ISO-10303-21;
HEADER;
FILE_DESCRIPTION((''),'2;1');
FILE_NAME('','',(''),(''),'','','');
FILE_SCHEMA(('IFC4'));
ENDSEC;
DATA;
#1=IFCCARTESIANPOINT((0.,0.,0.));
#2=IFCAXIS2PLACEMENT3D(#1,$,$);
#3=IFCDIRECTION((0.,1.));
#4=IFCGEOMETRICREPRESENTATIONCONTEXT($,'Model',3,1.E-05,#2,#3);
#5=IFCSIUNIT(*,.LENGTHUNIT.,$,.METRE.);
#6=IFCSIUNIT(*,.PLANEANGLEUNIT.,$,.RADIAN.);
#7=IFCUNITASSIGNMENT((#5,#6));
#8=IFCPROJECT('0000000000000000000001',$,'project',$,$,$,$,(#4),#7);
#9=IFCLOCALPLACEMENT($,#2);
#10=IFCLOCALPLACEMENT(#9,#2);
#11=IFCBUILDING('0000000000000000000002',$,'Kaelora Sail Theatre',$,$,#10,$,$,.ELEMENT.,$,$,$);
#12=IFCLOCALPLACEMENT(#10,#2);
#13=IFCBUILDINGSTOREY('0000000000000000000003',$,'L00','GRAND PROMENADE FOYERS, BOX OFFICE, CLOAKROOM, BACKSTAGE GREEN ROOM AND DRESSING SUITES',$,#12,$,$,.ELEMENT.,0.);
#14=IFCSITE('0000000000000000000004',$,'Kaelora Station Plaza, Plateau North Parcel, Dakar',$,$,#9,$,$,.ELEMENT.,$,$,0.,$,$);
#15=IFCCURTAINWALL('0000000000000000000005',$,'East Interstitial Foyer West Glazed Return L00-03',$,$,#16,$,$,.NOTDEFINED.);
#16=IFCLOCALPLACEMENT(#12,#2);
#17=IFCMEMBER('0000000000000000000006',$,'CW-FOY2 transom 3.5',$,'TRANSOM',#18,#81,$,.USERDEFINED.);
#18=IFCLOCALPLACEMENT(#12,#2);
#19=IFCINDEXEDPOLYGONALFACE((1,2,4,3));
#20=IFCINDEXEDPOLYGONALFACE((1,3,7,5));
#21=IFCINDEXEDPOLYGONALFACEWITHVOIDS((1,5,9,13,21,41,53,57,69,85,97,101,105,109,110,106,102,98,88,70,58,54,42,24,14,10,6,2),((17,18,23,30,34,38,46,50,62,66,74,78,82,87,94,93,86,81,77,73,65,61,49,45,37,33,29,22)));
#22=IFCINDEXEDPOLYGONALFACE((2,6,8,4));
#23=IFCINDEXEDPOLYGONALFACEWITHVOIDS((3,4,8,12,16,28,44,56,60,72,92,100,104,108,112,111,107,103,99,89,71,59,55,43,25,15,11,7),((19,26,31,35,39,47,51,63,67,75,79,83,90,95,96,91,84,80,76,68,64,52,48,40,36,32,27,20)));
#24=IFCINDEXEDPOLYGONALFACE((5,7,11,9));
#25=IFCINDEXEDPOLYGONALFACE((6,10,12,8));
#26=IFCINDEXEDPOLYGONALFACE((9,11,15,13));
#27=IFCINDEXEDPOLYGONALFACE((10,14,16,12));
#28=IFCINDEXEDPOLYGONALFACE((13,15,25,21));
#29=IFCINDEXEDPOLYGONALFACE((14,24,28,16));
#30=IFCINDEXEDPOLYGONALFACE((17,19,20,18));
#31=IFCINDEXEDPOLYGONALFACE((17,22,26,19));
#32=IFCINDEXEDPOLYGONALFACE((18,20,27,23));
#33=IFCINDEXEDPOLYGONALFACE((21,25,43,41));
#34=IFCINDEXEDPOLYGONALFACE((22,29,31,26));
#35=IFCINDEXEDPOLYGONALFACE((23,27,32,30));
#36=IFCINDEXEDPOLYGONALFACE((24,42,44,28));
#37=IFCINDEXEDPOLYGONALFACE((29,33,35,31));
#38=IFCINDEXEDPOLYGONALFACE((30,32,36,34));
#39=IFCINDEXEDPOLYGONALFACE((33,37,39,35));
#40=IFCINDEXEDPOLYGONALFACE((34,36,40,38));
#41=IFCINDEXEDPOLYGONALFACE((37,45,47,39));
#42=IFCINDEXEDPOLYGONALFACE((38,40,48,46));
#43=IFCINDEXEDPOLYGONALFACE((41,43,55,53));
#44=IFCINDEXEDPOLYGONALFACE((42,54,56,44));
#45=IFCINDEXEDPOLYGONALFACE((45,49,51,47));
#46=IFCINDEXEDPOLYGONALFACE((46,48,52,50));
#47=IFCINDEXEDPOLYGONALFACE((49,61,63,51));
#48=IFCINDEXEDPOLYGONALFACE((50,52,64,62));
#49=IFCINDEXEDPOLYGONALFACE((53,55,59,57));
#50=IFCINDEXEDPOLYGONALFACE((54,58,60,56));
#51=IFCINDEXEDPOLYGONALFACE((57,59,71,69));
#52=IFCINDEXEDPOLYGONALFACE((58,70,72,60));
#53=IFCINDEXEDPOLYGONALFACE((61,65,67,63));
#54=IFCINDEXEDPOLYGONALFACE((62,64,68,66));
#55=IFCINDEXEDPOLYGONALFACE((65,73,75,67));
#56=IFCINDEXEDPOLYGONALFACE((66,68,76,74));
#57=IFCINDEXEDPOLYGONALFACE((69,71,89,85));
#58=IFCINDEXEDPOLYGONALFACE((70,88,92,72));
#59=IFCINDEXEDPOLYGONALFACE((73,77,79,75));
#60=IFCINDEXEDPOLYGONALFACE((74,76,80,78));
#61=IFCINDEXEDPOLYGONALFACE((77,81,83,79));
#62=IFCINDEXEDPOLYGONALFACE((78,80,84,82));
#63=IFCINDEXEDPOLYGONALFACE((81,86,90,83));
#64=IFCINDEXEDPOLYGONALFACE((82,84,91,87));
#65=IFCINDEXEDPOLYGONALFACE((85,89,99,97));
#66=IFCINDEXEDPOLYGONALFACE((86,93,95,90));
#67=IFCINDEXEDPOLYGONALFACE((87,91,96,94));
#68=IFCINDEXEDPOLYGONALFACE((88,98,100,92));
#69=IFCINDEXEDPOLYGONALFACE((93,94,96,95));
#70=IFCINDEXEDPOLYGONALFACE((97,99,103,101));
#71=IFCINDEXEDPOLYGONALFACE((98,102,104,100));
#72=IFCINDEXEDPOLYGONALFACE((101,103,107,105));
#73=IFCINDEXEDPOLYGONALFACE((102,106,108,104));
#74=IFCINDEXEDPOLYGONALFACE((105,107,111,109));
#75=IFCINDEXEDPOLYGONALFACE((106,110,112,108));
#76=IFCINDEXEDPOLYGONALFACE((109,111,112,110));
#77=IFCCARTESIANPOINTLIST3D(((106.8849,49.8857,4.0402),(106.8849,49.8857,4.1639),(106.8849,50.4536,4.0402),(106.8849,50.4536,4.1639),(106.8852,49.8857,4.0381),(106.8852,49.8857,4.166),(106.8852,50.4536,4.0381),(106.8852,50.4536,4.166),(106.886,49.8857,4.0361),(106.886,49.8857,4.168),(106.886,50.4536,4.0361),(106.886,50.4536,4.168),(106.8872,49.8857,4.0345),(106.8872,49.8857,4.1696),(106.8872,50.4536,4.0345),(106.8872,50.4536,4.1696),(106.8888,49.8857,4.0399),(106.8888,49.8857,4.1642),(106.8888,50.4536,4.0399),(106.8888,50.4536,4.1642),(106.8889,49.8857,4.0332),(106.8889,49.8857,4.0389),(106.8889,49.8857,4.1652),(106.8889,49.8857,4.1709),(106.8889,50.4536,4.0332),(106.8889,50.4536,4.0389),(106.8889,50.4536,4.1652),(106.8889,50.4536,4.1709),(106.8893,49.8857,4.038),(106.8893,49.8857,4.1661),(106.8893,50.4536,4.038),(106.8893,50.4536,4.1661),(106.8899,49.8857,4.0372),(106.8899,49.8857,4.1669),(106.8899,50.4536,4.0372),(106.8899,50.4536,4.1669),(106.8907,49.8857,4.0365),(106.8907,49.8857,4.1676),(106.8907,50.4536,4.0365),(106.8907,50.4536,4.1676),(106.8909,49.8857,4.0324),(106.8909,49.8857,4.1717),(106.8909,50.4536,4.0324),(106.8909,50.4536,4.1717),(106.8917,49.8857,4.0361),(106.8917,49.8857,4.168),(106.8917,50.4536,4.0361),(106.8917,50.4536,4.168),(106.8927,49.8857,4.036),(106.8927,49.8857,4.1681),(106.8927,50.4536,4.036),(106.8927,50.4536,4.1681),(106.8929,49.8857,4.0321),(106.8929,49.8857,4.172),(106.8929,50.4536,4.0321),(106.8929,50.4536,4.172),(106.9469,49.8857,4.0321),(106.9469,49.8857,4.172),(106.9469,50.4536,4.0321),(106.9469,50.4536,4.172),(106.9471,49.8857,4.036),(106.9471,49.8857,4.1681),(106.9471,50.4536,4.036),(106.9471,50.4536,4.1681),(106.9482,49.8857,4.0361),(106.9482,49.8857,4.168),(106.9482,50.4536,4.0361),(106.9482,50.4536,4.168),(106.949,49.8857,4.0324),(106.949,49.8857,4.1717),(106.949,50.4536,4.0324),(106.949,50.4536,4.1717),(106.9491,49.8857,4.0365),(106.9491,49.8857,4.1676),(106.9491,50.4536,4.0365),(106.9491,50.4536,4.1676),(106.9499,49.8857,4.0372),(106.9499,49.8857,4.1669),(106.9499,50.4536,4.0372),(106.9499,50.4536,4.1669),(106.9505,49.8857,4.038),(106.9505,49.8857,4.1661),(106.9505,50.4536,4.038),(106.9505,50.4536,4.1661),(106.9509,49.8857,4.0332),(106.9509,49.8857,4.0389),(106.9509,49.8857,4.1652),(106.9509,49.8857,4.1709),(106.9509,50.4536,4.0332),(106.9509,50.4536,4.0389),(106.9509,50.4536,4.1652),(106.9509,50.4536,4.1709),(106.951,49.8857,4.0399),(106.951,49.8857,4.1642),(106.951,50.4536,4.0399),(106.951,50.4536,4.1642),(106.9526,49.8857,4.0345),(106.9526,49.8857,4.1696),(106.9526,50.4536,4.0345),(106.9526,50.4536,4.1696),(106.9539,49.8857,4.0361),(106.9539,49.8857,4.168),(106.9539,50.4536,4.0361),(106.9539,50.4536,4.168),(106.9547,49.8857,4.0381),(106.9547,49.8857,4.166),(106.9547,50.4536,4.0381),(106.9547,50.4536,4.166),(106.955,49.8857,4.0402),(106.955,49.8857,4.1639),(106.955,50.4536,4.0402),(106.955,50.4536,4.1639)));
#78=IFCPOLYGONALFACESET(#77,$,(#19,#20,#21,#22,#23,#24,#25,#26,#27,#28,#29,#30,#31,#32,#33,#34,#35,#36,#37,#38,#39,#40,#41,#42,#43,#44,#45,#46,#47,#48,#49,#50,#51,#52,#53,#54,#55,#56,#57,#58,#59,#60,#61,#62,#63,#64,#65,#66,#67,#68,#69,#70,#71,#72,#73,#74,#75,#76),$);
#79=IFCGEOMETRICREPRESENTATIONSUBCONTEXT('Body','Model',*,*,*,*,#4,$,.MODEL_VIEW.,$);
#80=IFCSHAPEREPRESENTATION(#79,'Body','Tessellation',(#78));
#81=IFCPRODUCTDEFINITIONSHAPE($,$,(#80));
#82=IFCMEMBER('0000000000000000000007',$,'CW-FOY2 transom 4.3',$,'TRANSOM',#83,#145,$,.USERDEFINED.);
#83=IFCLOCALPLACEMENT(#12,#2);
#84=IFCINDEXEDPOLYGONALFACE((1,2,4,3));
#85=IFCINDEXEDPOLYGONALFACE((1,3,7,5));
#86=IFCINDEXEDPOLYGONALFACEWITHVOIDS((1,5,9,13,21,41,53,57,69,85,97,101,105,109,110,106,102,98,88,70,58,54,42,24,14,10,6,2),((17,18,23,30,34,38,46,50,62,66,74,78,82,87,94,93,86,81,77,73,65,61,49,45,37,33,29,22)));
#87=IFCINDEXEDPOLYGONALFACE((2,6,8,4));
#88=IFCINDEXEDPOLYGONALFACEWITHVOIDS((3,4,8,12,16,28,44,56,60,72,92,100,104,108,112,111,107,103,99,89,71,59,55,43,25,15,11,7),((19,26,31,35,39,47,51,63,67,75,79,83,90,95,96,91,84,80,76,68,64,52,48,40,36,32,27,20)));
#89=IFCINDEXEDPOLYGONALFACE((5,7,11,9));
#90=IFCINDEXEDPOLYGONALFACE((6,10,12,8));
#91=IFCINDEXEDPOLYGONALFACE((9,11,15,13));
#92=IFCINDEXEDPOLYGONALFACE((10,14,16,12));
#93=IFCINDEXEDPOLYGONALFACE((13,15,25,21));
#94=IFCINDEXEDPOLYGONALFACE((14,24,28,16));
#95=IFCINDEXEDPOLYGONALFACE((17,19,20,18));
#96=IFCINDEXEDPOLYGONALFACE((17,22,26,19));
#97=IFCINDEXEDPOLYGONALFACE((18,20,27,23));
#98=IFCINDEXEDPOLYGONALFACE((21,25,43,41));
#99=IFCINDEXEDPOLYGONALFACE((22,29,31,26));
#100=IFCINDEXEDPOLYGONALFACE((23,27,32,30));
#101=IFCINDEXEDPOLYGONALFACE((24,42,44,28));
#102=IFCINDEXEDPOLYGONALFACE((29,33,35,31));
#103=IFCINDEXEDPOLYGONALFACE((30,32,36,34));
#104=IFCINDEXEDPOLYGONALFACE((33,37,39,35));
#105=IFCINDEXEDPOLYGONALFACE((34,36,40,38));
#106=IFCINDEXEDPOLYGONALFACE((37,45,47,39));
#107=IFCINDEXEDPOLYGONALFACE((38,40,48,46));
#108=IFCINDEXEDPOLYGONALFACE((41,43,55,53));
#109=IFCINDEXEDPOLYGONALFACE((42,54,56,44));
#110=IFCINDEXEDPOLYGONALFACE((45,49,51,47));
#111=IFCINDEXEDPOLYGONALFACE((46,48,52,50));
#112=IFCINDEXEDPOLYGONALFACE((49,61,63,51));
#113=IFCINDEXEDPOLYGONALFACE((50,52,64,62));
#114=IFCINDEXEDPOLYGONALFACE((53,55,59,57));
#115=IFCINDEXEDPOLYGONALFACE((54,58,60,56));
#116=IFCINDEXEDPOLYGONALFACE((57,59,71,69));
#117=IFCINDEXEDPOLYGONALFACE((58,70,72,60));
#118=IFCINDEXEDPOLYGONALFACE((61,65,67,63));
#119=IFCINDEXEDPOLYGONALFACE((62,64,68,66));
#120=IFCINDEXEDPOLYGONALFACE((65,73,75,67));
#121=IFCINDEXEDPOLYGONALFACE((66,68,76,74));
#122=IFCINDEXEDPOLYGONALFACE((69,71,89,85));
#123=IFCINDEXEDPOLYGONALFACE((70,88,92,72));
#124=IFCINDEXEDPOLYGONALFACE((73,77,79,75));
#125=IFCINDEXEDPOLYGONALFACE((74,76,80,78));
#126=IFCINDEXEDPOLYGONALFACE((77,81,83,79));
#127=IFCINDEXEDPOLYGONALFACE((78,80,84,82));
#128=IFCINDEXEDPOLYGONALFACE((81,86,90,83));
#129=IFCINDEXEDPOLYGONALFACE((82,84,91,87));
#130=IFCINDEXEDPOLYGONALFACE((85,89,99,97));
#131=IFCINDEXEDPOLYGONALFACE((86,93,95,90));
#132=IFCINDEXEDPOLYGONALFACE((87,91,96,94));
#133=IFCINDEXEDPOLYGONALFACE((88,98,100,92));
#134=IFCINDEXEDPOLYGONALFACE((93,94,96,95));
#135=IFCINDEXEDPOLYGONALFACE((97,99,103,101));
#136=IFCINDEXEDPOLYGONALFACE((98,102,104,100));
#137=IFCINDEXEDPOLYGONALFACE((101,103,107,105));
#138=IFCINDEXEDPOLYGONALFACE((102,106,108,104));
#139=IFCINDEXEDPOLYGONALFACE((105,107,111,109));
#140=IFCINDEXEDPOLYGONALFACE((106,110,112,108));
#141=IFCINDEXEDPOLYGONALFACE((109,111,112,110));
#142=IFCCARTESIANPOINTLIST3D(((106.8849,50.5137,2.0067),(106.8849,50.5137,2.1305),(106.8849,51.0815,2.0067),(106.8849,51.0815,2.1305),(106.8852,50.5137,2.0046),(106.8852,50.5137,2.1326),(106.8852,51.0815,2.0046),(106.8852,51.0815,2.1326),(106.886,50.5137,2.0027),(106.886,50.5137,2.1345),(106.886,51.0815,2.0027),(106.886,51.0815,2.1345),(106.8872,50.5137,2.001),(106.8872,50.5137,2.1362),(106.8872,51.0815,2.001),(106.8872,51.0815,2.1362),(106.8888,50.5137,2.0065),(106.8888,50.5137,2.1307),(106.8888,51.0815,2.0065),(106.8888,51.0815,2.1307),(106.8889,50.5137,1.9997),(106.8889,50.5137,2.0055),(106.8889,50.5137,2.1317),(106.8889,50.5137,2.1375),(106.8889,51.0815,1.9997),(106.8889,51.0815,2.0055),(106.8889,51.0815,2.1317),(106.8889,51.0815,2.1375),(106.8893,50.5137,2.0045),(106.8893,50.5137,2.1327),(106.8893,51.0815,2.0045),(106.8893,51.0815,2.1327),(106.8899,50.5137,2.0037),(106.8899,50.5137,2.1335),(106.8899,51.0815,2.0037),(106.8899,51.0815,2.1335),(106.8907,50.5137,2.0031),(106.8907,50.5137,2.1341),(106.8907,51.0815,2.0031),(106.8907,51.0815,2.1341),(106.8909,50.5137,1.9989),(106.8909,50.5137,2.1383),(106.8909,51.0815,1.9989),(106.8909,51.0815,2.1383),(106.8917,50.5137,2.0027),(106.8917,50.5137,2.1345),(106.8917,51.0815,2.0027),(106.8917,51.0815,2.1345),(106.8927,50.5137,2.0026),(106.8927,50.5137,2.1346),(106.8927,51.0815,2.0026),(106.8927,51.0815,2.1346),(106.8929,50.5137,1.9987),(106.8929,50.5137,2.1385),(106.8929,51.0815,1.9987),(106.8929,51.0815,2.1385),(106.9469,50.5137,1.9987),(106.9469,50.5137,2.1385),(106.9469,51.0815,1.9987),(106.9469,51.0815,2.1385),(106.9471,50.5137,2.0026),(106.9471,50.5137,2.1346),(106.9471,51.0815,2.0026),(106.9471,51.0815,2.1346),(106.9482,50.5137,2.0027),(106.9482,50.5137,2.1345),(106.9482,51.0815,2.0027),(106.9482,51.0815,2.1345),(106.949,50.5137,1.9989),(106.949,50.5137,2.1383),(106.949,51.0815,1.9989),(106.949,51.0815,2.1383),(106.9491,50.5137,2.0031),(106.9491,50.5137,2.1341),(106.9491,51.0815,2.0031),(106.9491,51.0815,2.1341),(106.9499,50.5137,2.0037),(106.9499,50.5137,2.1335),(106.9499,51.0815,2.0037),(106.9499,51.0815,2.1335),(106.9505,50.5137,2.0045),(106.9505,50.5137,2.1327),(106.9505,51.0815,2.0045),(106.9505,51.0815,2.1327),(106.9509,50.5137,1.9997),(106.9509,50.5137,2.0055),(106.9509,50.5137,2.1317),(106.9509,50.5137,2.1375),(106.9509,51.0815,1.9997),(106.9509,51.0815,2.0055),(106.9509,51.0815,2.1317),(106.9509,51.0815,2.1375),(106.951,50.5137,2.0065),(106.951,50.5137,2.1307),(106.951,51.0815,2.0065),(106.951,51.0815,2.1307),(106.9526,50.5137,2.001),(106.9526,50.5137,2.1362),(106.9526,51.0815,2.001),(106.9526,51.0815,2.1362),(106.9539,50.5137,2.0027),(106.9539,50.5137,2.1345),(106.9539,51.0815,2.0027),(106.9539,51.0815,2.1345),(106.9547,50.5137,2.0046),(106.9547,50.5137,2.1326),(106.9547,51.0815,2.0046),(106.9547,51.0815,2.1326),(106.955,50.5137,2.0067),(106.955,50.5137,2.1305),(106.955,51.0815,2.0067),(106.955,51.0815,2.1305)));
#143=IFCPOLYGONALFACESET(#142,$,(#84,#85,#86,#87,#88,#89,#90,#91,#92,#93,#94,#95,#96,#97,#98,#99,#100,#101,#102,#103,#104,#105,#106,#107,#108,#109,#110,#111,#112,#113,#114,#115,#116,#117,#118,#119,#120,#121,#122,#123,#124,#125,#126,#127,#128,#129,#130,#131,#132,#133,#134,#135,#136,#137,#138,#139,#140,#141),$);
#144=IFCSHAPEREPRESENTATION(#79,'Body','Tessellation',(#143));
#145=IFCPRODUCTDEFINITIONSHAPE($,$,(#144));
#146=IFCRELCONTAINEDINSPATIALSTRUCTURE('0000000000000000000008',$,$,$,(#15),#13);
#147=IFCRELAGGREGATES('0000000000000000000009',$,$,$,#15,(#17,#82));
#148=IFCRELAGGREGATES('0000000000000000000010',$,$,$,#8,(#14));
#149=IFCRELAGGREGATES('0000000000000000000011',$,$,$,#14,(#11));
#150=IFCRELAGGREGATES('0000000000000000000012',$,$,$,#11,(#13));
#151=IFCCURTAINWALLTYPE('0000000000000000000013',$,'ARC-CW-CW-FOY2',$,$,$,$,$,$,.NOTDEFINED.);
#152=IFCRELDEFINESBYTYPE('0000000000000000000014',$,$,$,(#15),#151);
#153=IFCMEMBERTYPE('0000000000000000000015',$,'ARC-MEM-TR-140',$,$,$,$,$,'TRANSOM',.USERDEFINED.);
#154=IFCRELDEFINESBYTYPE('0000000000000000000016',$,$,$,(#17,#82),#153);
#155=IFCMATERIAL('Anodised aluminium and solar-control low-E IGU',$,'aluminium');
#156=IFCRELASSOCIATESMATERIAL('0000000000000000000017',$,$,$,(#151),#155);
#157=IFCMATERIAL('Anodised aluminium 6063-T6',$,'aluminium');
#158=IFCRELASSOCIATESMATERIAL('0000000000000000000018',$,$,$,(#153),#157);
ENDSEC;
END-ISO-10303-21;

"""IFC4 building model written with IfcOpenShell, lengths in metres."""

from ifc_helpers import new_model, si_unit, direction, frame, origin, origin_2d, place, context, subcontext, project, spatial, hollow_rectangle, extrude, material, material_profile, profile_set, type_object, element, aggregate, save


model = new_model("IFC4")

# Units and contexts
model_context = context("Model", 3, precision=1e-05, world=origin(), true_north=direction((0.0, 1.0)))
body_context = subcontext(model_context, "Body", "Model", "MODEL_VIEW")
ifc_project = project(units=[si_unit("LENGTHUNIT", "METRE"), si_unit("PLANEANGLEUNIT", "RADIAN")], contexts=[model_context])

# Site, building, storey
site_placement = place(None, origin())
site = spatial("IfcSite", under=ifc_project, at=site_placement, Name="Kaelora Station Plaza, Plateau North Parcel, Dakar", CompositionType="ELEMENT", RefElevation=0.0)
building_placement = place(site_placement, origin())
building = spatial("IfcBuilding", under=site, at=building_placement, Name="Kaelora Sail Theatre", CompositionType="ELEMENT")
storey_placement = place(building_placement, origin())
storey = spatial("IfcBuildingStorey", under=building, at=storey_placement, Name="L00", Description="GRAND PROMENADE FOYERS, BOX OFFICE, CLOAKROOM, BACKSTAGE GREEN ROOM AND DRESSING SUITES", CompositionType="ELEMENT", Elevation=0.0)

# Curtain wall, members
ifc_material_1 = material(Name="Anodised aluminium and solar-control low-E IGU", Category="aluminium")
curtain_wall_type = type_object("IfcCurtainWallType", Name="ARC-CW-CW-FOY2", PredefinedType="NOTDEFINED", material=ifc_material_1)
curtain_wall_1_placement = place(storey_placement, origin())
curtain_wall_1 = element("IfcCurtainWall", 1, at=curtain_wall_1_placement, inside=storey, type_object=curtain_wall_type, Name="East Interstitial Foyer West Glazed Return L00-03", PredefinedType="NOTDEFINED")
ifc_material_2 = material(Name="Anodised aluminium 6063-T6", Category="aluminium")
ifc_material_profile = material_profile(ifc_material_2, hollow_rectangle(XDim=0.0701, YDim=0.1399, WallThickness=0.0039, InnerFilletRadius=0.0039, OuterFilletRadius=0.0081, at=origin_2d()), Name="ALU-TRAN 70x140x4")
ifc_profile_set = profile_set([ifc_material_profile], Name="Anodised aluminium 6063-T6")
member_type = type_object("IfcMemberType", Name="ARC-MEM-TR-140", ElementType="TRANSOM", PredefinedType="USERDEFINED", material=ifc_profile_set)
member_1_placement = place(storey_placement, frame((106.9199, 49.8857, 4.1021), z_axis=(0.0, 1.0, 0.0), x_axis=(-1.0, 0.0, 0.0)))
member_1 = element("IfcMember", 2, at=member_1_placement, type_object=member_type, Name="CW-FOY2 transom 3.5", ObjectType="TRANSOM", PredefinedType="USERDEFINED", context=body_context, shape_type="SweptSolid", body=[
    extrude(hollow_rectangle(XDim=0.0701, YDim=0.1399, WallThickness=0.0039, InnerFilletRadius=0.0039, OuterFilletRadius=0.0081, at=origin_2d()), origin(), (0.0, 0.0, 1.0), 0.5679),
])
member_2_placement = place(storey_placement, frame((106.9199, 50.5137, 2.0686), z_axis=(0.0, 1.0, 0.0), x_axis=(-1.0, 0.0, 0.0)))
member_2 = element("IfcMember", 3, at=member_2_placement, type_object=member_type, Name="CW-FOY2 transom 4.3", ObjectType="TRANSOM", PredefinedType="USERDEFINED", context=body_context, shape_type="SweptSolid", body=[
    extrude(hollow_rectangle(XDim=0.0701, YDim=0.1399, WallThickness=0.0039, InnerFilletRadius=0.0039, OuterFilletRadius=0.0081, at=origin_2d()), origin(), (0.0, 0.0, 1.0), 0.5679),
])

aggregate(curtain_wall_1, [member_1, member_2])

save(model, "model.ifc")
